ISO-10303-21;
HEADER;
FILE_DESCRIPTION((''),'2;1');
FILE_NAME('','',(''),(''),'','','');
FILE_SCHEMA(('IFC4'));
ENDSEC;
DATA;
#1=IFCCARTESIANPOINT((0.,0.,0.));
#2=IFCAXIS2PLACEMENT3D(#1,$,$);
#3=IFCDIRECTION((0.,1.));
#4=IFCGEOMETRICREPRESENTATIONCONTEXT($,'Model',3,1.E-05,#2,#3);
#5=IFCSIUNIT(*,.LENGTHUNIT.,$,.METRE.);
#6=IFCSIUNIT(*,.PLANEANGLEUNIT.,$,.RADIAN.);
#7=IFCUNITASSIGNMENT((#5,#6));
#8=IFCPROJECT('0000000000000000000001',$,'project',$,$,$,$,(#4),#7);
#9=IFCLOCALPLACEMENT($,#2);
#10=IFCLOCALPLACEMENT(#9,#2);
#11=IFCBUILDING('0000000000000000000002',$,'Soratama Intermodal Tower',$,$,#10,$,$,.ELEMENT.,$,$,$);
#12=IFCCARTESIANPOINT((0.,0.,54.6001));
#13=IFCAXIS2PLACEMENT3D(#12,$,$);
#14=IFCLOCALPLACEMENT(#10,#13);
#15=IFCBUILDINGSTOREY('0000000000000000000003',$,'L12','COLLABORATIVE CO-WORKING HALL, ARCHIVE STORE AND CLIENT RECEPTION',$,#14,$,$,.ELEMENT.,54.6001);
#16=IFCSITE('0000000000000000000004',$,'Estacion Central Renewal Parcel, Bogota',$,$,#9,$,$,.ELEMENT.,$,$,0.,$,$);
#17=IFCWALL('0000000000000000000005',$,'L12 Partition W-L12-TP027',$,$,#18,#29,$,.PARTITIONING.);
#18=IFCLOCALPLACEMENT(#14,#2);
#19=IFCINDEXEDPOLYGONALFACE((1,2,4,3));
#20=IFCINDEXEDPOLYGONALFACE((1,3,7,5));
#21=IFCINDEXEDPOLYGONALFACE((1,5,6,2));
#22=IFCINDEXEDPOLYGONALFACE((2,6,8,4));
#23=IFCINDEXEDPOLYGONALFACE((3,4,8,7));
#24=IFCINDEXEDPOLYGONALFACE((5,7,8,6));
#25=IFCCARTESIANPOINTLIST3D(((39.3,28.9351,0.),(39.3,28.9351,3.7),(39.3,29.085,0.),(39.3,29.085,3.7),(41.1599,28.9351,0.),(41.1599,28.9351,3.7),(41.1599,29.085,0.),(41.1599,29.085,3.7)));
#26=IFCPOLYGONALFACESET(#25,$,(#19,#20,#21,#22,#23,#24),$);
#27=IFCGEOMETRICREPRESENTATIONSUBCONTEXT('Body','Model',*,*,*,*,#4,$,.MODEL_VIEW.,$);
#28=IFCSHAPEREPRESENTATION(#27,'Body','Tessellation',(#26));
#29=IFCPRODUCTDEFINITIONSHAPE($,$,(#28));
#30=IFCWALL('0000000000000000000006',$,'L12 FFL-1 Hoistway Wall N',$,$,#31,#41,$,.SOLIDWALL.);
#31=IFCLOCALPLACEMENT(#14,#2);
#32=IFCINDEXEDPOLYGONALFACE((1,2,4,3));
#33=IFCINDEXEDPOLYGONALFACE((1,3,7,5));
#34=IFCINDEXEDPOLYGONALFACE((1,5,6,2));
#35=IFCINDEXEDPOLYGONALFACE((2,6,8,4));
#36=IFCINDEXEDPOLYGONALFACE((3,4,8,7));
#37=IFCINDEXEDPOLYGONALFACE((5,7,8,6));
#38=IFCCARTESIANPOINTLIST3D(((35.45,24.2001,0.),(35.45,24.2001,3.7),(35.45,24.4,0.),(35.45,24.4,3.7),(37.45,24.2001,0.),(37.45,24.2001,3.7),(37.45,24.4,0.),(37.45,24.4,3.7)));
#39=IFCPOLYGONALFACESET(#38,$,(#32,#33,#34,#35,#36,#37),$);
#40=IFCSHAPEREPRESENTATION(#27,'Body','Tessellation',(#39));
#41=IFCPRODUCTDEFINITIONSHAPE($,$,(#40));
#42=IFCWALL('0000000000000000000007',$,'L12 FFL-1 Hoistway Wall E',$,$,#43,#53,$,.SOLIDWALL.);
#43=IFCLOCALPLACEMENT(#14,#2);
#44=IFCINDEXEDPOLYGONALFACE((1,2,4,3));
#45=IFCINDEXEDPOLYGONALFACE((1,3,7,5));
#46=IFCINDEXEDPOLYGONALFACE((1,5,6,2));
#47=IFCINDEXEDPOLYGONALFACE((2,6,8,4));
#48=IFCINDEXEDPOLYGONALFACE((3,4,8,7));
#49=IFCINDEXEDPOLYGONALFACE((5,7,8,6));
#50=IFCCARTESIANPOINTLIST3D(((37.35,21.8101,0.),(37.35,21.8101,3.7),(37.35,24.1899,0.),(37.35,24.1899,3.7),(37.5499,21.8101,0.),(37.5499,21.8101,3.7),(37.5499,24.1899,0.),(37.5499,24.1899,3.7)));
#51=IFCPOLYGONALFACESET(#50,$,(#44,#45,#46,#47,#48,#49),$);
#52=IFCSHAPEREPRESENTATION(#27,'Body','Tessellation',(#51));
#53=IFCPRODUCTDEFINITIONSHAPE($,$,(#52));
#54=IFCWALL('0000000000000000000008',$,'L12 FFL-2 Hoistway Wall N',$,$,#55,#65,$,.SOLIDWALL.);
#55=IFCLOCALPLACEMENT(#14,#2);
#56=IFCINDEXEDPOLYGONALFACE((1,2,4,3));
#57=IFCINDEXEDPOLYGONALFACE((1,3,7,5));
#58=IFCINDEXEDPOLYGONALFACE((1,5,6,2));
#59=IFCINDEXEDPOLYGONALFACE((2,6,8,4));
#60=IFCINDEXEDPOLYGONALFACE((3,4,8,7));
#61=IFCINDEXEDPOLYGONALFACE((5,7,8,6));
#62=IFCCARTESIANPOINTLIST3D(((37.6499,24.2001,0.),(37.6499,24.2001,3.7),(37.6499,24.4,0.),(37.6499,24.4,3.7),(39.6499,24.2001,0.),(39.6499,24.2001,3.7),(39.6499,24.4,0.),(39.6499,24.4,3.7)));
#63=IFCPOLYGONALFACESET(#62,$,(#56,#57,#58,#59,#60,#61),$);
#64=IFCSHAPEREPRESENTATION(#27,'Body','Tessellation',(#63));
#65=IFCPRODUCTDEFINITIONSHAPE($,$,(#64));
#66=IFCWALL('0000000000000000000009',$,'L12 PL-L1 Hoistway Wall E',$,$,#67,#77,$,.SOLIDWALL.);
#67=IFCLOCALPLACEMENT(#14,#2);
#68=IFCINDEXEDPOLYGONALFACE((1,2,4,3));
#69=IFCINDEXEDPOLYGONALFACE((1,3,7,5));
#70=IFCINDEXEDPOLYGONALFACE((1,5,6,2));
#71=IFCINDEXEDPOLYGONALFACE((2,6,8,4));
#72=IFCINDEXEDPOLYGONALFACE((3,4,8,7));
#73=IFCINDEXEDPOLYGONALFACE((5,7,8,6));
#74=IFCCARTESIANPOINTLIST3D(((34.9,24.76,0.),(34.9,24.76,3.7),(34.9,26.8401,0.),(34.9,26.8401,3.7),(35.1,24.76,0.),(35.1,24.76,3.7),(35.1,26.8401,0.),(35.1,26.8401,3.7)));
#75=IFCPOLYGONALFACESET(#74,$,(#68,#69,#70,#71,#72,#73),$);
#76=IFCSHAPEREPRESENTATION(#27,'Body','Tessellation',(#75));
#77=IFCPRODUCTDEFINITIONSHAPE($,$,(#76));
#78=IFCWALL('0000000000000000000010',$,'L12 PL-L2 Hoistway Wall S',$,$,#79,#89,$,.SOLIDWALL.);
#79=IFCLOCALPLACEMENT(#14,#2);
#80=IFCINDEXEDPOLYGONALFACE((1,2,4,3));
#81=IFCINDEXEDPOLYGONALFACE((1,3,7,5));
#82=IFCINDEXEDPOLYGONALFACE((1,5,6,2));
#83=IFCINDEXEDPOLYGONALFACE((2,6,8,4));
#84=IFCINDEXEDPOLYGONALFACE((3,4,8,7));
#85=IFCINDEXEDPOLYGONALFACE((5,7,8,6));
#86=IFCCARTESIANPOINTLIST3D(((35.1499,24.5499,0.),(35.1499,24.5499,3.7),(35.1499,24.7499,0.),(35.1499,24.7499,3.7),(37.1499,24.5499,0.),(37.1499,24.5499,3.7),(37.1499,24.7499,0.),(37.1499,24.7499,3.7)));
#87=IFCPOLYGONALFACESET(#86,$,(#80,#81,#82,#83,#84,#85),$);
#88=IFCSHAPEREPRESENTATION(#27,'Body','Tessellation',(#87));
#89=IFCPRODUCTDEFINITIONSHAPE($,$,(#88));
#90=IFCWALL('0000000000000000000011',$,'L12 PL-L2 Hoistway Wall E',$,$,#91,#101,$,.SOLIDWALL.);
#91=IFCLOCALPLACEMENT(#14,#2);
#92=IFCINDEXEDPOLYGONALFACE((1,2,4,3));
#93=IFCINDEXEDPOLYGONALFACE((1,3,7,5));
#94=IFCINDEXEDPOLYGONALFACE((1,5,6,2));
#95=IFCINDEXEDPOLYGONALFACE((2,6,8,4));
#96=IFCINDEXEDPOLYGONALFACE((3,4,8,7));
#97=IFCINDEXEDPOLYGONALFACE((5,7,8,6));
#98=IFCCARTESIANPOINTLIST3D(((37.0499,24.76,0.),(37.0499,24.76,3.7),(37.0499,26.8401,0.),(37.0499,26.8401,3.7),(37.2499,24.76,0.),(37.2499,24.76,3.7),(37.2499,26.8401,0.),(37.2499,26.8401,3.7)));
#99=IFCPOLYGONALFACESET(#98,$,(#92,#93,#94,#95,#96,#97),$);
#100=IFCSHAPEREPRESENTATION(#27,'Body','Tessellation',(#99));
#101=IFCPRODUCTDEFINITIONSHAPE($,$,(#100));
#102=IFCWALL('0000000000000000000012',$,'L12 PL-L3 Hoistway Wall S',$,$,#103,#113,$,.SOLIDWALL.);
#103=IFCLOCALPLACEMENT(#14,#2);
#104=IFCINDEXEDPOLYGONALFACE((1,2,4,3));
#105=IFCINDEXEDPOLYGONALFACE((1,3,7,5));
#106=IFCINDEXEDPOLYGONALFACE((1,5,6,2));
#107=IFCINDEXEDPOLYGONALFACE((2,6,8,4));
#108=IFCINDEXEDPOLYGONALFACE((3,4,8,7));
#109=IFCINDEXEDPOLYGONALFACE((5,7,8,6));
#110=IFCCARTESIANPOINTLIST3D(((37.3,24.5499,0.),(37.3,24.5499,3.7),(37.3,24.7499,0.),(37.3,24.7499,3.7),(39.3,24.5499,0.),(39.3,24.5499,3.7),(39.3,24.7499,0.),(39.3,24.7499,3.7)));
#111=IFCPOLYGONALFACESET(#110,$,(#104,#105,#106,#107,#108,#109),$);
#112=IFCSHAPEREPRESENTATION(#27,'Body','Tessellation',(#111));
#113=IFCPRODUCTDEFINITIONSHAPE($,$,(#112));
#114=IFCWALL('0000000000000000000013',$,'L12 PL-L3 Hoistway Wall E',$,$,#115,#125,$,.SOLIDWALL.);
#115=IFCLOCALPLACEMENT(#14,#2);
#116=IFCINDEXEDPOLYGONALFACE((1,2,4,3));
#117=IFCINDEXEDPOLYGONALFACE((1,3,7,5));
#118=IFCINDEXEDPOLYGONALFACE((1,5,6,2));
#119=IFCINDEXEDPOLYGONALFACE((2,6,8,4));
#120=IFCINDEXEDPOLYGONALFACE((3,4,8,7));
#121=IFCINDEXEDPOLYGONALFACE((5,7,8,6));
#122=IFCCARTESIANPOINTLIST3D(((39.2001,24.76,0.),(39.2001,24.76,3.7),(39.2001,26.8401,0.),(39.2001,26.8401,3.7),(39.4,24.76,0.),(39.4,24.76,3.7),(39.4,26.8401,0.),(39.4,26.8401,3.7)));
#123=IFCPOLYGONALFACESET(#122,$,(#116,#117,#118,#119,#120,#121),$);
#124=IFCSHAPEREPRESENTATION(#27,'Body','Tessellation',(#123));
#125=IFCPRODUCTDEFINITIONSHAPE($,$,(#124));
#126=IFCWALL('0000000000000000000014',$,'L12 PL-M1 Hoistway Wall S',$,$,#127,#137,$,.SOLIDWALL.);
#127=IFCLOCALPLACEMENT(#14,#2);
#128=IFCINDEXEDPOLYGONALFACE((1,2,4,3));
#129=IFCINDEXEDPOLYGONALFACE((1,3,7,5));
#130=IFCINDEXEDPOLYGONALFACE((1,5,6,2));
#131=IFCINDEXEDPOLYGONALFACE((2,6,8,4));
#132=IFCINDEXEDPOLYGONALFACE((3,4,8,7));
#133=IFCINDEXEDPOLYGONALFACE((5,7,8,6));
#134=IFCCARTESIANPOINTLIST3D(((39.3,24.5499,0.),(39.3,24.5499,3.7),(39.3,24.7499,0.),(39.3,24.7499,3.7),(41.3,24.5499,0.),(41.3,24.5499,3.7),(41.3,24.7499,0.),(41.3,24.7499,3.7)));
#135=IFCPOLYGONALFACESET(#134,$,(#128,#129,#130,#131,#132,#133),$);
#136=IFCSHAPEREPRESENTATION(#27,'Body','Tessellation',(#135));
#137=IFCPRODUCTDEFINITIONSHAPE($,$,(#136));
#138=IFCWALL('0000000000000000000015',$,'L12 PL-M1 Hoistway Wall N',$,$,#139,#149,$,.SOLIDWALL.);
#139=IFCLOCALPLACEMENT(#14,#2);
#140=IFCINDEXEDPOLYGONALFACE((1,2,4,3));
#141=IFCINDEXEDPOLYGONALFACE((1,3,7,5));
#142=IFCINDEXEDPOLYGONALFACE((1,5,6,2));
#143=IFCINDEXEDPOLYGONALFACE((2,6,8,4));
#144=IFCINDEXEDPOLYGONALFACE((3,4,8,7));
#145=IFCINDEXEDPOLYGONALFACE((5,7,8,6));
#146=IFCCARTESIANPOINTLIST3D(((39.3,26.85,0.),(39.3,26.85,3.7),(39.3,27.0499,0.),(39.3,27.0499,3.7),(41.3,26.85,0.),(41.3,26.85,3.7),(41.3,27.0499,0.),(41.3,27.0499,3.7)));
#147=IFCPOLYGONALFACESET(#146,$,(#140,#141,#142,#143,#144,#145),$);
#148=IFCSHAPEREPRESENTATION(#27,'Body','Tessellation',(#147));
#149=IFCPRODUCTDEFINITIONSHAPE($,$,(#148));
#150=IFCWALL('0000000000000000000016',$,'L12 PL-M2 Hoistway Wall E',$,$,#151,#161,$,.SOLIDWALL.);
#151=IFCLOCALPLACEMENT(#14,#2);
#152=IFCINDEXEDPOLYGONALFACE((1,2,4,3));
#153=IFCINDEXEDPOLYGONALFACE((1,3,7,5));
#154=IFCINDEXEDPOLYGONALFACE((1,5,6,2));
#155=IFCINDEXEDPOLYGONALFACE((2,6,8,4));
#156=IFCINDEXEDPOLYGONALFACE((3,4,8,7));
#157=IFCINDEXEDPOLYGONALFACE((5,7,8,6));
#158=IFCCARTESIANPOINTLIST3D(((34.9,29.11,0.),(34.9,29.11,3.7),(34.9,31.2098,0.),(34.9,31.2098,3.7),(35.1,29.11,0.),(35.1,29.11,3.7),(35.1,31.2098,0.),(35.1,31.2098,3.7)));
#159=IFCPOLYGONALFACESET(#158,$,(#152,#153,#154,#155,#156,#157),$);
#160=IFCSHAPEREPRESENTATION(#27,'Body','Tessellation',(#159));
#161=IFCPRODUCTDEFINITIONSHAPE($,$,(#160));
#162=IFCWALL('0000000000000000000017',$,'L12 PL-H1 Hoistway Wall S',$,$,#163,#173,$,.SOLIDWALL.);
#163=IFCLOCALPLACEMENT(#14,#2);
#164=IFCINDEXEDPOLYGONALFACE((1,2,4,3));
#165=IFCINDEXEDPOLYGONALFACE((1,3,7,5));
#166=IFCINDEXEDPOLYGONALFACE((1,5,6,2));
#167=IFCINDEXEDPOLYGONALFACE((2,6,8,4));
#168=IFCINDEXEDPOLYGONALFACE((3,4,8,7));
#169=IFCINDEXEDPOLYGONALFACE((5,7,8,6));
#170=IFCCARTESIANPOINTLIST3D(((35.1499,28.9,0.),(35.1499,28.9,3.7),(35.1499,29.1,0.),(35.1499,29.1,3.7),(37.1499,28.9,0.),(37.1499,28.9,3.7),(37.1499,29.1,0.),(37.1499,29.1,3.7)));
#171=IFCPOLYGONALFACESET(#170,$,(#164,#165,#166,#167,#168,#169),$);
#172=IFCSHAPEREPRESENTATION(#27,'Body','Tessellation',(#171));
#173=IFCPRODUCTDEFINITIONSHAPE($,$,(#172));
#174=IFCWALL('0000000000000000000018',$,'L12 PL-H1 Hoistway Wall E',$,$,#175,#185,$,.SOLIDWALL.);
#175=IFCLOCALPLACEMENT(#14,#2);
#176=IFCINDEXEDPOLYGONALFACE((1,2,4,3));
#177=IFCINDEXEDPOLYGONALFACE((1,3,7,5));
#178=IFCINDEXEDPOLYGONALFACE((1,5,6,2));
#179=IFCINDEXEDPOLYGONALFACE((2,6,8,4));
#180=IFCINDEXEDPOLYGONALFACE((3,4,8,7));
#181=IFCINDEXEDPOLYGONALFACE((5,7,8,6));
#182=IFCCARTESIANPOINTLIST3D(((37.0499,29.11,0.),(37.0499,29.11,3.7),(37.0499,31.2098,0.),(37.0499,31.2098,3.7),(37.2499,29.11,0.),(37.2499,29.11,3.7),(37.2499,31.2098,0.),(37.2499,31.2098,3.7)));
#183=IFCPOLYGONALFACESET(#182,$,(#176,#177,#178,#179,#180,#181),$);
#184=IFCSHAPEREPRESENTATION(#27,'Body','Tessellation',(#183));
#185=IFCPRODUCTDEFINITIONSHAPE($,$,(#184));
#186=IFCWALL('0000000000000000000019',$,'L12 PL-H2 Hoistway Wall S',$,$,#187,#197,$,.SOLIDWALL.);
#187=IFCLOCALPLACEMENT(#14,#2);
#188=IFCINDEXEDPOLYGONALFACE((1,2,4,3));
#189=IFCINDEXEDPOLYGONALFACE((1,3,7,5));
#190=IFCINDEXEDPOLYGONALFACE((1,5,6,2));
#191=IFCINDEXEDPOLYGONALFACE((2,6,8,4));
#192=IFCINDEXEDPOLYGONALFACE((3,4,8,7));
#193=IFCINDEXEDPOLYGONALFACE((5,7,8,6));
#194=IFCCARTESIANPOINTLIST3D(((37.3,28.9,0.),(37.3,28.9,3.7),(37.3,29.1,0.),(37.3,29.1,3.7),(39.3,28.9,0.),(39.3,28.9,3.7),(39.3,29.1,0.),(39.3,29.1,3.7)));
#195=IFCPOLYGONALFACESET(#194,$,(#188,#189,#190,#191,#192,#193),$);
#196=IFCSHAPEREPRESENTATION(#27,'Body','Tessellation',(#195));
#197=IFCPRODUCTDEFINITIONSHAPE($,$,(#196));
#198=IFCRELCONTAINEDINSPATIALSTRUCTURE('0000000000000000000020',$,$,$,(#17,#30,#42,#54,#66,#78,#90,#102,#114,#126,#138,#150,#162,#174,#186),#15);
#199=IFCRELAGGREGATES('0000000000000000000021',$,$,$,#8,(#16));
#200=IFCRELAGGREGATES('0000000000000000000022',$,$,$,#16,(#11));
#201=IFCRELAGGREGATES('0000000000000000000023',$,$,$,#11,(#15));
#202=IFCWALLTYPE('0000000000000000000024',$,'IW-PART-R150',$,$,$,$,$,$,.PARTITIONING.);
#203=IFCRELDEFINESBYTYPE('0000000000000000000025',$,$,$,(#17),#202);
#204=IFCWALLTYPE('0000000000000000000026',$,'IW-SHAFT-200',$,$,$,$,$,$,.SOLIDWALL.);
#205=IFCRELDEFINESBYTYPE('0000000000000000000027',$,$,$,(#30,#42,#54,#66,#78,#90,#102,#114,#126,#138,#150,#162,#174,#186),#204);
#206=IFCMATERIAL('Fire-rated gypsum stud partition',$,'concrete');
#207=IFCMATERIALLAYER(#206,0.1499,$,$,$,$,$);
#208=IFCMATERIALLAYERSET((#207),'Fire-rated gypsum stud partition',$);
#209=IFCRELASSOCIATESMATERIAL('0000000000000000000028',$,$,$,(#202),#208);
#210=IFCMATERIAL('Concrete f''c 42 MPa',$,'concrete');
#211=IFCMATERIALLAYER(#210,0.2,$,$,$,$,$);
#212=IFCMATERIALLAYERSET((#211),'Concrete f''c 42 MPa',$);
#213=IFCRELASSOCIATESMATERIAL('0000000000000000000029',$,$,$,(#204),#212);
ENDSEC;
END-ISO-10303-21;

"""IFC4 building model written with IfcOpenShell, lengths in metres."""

from ifc_helpers import new_model, si_unit, direction, frame, frame_2d, origin, place, context, subcontext, project, spatial, rectangle, extrude, material, layer, layer_set, type_object, element, save


model = new_model("IFC4")

# Units and contexts
model_context = context("Model", 3, precision=1e-05, world=origin(), true_north=direction((0.0, 1.0)))
body_context = subcontext(model_context, "Body", "Model", "MODEL_VIEW")
ifc_project = project(units=[si_unit("LENGTHUNIT", "METRE"), si_unit("PLANEANGLEUNIT", "RADIAN")], contexts=[model_context])

# Site, building, storey
site_placement = place(None, origin())
site = spatial("IfcSite", under=ifc_project, at=site_placement, Name="Estacion Central Renewal Parcel, Bogota", CompositionType="ELEMENT", RefElevation=0.0)
building_placement = place(site_placement, origin())
building = spatial("IfcBuilding", under=site, at=building_placement, Name="Soratama Intermodal Tower", CompositionType="ELEMENT")
storey_placement = place(building_placement, frame((0.0, 0.0, 54.6001)))
storey = spatial("IfcBuildingStorey", under=building, at=storey_placement, Name="L12", Description="COLLABORATIVE CO-WORKING HALL, ARCHIVE STORE AND CLIENT RECEPTION", CompositionType="ELEMENT", Elevation=54.6001)

# Walls
ifc_material_1 = material(Name="Fire-rated gypsum stud partition", Category="concrete")
ifc_layer_1 = layer(ifc_material_1, 0.1499)
ifc_layer_set_1 = layer_set([ifc_layer_1], Name="Fire-rated gypsum stud partition")
wall_type_1 = type_object("IfcWallType", Name="IW-PART-R150", PredefinedType="PARTITIONING", material=ifc_layer_set_1)
wall_1_placement = place(storey_placement, frame((39.3, 29.01, 0.0), z_axis=(0.0, 0.0, 1.0), x_axis=(1.0, 0.0, 0.0)))
element("IfcWall", 1, at=wall_1_placement, inside=storey, type_object=wall_type_1, Name="L12 Partition W-L12-TP027", PredefinedType="PARTITIONING", context=body_context, shape_type="SweptSolid", body=[
    extrude(rectangle(XDim=1.8599, YDim=0.1499, at=frame_2d((0.9299, 0.0))), origin(), (0.0, 0.0, 1.0), 3.7),
])
ifc_material_2 = material(Name="Concrete f'c 42 MPa", Category="concrete")
ifc_layer_2 = layer(ifc_material_2, 0.2)
ifc_layer_set_2 = layer_set([ifc_layer_2], Name="Concrete f'c 42 MPa")
wall_type_2 = type_object("IfcWallType", Name="IW-SHAFT-200", PredefinedType="SOLIDWALL", material=ifc_layer_set_2)
wall_2_placement = place(storey_placement, frame((35.45, 24.3, 0.0), z_axis=(0.0, 0.0, 1.0), x_axis=(1.0, 0.0, 0.0)))
element("IfcWall", 2, at=wall_2_placement, inside=storey, type_object=wall_type_2, Name="L12 FFL-1 Hoistway Wall N", PredefinedType="SOLIDWALL", context=body_context, shape_type="SweptSolid", body=[
    extrude(rectangle(XDim=2.0, YDim=0.2, at=frame_2d((1.0, 0.0))), origin(), (0.0, 0.0, 1.0), 3.7),
])
wall_3_placement = place(storey_placement, frame((37.45, 21.8101, 0.0), z_axis=(0.0, 0.0, 1.0), x_axis=(0.0, 1.0, 0.0)))
element("IfcWall", 3, at=wall_3_placement, inside=storey, type_object=wall_type_2, Name="L12 FFL-1 Hoistway Wall E", PredefinedType="SOLIDWALL", context=body_context, shape_type="SweptSolid", body=[
    extrude(rectangle(XDim=2.3799, YDim=0.2, at=frame_2d((1.1899, 0.0))), origin(), (0.0, 0.0, 1.0), 3.7),
])
wall_4_placement = place(storey_placement, frame((37.6499, 24.3, 0.0), z_axis=(0.0, 0.0, 1.0), x_axis=(1.0, 0.0, 0.0)))
element("IfcWall", 4, at=wall_4_placement, inside=storey, type_object=wall_type_2, Name="L12 FFL-2 Hoistway Wall N", PredefinedType="SOLIDWALL", context=body_context, shape_type="SweptSolid", body=[
    extrude(rectangle(XDim=2.0, YDim=0.2, at=frame_2d((1.0, 0.0))), origin(), (0.0, 0.0, 1.0), 3.7),
])
wall_5_placement = place(storey_placement, frame((35.0, 24.76, 0.0), z_axis=(0.0, 0.0, 1.0), x_axis=(0.0, 1.0, 0.0)))
element("IfcWall", 5, at=wall_5_placement, inside=storey, type_object=wall_type_2, Name="L12 PL-L1 Hoistway Wall E", PredefinedType="SOLIDWALL", context=body_context, shape_type="SweptSolid", body=[
    extrude(rectangle(XDim=2.0801, YDim=0.2, at=frame_2d((1.04, 0.0))), origin(), (0.0, 0.0, 1.0), 3.7),
])
wall_6_placement = place(storey_placement, frame((35.1499, 24.6499, 0.0), z_axis=(0.0, 0.0, 1.0), x_axis=(1.0, 0.0, 0.0)))
element("IfcWall", 6, at=wall_6_placement, inside=storey, type_object=wall_type_2, Name="L12 PL-L2 Hoistway Wall S", PredefinedType="SOLIDWALL", context=body_context, shape_type="SweptSolid", body=[
    extrude(rectangle(XDim=2.0, YDim=0.2, at=frame_2d((1.0, 0.0))), origin(), (0.0, 0.0, 1.0), 3.7),
])

# Walls
wall_7_placement = place(storey_placement, frame((37.1499, 24.76, 0.0), z_axis=(0.0, 0.0, 1.0), x_axis=(0.0, 1.0, 0.0)))
element("IfcWall", 7, at=wall_7_placement, inside=storey, type_object=wall_type_2, Name="L12 PL-L2 Hoistway Wall E", PredefinedType="SOLIDWALL", context=body_context, shape_type="SweptSolid", body=[
    extrude(rectangle(XDim=2.0801, YDim=0.2, at=frame_2d((1.04, 0.0))), origin(), (0.0, 0.0, 1.0), 3.7),
])
wall_8_placement = place(storey_placement, frame((37.3, 24.6499, 0.0), z_axis=(0.0, 0.0, 1.0), x_axis=(1.0, 0.0, 0.0)))
element("IfcWall", 8, at=wall_8_placement, inside=storey, type_object=wall_type_2, Name="L12 PL-L3 Hoistway Wall S", PredefinedType="SOLIDWALL", context=body_context, shape_type="SweptSolid", body=[
    extrude(rectangle(XDim=2.0, YDim=0.2, at=frame_2d((1.0, 0.0))), origin(), (0.0, 0.0, 1.0), 3.7),
])

# Walls
wall_9_placement = place(storey_placement, frame((39.3, 24.76, 0.0), z_axis=(0.0, 0.0, 1.0), x_axis=(0.0, 1.0, 0.0)))
element("IfcWall", 9, at=wall_9_placement, inside=storey, type_object=wall_type_2, Name="L12 PL-L3 Hoistway Wall E", PredefinedType="SOLIDWALL", context=body_context, shape_type="SweptSolid", body=[
    extrude(rectangle(XDim=2.0801, YDim=0.2, at=frame_2d((1.04, 0.0))), origin(), (0.0, 0.0, 1.0), 3.7),
])
for number, where, z_axis, x_axis, name in (
    (10, (39.3, 24.6499, 0.0), (0.0, 0.0, 1.0), (1.0, 0.0, 0.0), "L12 PL-M1 Hoistway Wall S"),
    (11, (39.3, 26.95, 0.0), (0.0, 0.0, 1.0), (1.0, 0.0, 0.0), "L12 PL-M1 Hoistway Wall N"),
):
    element("IfcWall", number, at=place(storey_placement, frame(where, z_axis=z_axis, x_axis=x_axis)), inside=storey, type_object=wall_type_2, Name=name, PredefinedType="SOLIDWALL", context=body_context, shape_type="SweptSolid", body=[
        extrude(rectangle(XDim=2.0, YDim=0.2, at=frame_2d((1.0, 0.0))), origin(), (0.0, 0.0, 1.0), 3.7),
    ])
wall_10_placement = place(storey_placement, frame((35.0, 29.1101, 0.0), z_axis=(0.0, 0.0, 1.0), x_axis=(0.0, 1.0, 0.0)))
element("IfcWall", 12, at=wall_10_placement, inside=storey, type_object=wall_type_2, Name="L12 PL-M2 Hoistway Wall E", PredefinedType="SOLIDWALL", context=body_context, shape_type="SweptSolid", body=[
    extrude(rectangle(XDim=2.0999, YDim=0.2, at=frame_2d((1.0498, 0.0))), origin(), (0.0, 0.0, 1.0), 3.7),
])
wall_11_placement = place(storey_placement, frame((35.1499, 29.0, 0.0), z_axis=(0.0, 0.0, 1.0), x_axis=(1.0, 0.0, 0.0)))
element("IfcWall", 13, at=wall_11_placement, inside=storey, type_object=wall_type_2, Name="L12 PL-H1 Hoistway Wall S", PredefinedType="SOLIDWALL", context=body_context, shape_type="SweptSolid", body=[
    extrude(rectangle(XDim=2.0, YDim=0.2, at=frame_2d((1.0, 0.0))), origin(), (0.0, 0.0, 1.0), 3.7),
])
wall_12_placement = place(storey_placement, frame((37.1499, 29.1101, 0.0), z_axis=(0.0, 0.0, 1.0), x_axis=(0.0, 1.0, 0.0)))
element("IfcWall", 14, at=wall_12_placement, inside=storey, type_object=wall_type_2, Name="L12 PL-H1 Hoistway Wall E", PredefinedType="SOLIDWALL", context=body_context, shape_type="SweptSolid", body=[
    extrude(rectangle(XDim=2.0999, YDim=0.2, at=frame_2d((1.0498, 0.0))), origin(), (0.0, 0.0, 1.0), 3.7),
])
wall_13_placement = place(storey_placement, frame((37.3, 29.0, 0.0), z_axis=(0.0, 0.0, 1.0), x_axis=(1.0, 0.0, 0.0)))
element("IfcWall", 15, at=wall_13_placement, inside=storey, type_object=wall_type_2, Name="L12 PL-H2 Hoistway Wall S", PredefinedType="SOLIDWALL", context=body_context, shape_type="SweptSolid", body=[
    extrude(rectangle(XDim=2.0, YDim=0.2, at=frame_2d((1.0, 0.0))), origin(), (0.0, 0.0, 1.0), 3.7),
])

save(model, "model.ifc")
